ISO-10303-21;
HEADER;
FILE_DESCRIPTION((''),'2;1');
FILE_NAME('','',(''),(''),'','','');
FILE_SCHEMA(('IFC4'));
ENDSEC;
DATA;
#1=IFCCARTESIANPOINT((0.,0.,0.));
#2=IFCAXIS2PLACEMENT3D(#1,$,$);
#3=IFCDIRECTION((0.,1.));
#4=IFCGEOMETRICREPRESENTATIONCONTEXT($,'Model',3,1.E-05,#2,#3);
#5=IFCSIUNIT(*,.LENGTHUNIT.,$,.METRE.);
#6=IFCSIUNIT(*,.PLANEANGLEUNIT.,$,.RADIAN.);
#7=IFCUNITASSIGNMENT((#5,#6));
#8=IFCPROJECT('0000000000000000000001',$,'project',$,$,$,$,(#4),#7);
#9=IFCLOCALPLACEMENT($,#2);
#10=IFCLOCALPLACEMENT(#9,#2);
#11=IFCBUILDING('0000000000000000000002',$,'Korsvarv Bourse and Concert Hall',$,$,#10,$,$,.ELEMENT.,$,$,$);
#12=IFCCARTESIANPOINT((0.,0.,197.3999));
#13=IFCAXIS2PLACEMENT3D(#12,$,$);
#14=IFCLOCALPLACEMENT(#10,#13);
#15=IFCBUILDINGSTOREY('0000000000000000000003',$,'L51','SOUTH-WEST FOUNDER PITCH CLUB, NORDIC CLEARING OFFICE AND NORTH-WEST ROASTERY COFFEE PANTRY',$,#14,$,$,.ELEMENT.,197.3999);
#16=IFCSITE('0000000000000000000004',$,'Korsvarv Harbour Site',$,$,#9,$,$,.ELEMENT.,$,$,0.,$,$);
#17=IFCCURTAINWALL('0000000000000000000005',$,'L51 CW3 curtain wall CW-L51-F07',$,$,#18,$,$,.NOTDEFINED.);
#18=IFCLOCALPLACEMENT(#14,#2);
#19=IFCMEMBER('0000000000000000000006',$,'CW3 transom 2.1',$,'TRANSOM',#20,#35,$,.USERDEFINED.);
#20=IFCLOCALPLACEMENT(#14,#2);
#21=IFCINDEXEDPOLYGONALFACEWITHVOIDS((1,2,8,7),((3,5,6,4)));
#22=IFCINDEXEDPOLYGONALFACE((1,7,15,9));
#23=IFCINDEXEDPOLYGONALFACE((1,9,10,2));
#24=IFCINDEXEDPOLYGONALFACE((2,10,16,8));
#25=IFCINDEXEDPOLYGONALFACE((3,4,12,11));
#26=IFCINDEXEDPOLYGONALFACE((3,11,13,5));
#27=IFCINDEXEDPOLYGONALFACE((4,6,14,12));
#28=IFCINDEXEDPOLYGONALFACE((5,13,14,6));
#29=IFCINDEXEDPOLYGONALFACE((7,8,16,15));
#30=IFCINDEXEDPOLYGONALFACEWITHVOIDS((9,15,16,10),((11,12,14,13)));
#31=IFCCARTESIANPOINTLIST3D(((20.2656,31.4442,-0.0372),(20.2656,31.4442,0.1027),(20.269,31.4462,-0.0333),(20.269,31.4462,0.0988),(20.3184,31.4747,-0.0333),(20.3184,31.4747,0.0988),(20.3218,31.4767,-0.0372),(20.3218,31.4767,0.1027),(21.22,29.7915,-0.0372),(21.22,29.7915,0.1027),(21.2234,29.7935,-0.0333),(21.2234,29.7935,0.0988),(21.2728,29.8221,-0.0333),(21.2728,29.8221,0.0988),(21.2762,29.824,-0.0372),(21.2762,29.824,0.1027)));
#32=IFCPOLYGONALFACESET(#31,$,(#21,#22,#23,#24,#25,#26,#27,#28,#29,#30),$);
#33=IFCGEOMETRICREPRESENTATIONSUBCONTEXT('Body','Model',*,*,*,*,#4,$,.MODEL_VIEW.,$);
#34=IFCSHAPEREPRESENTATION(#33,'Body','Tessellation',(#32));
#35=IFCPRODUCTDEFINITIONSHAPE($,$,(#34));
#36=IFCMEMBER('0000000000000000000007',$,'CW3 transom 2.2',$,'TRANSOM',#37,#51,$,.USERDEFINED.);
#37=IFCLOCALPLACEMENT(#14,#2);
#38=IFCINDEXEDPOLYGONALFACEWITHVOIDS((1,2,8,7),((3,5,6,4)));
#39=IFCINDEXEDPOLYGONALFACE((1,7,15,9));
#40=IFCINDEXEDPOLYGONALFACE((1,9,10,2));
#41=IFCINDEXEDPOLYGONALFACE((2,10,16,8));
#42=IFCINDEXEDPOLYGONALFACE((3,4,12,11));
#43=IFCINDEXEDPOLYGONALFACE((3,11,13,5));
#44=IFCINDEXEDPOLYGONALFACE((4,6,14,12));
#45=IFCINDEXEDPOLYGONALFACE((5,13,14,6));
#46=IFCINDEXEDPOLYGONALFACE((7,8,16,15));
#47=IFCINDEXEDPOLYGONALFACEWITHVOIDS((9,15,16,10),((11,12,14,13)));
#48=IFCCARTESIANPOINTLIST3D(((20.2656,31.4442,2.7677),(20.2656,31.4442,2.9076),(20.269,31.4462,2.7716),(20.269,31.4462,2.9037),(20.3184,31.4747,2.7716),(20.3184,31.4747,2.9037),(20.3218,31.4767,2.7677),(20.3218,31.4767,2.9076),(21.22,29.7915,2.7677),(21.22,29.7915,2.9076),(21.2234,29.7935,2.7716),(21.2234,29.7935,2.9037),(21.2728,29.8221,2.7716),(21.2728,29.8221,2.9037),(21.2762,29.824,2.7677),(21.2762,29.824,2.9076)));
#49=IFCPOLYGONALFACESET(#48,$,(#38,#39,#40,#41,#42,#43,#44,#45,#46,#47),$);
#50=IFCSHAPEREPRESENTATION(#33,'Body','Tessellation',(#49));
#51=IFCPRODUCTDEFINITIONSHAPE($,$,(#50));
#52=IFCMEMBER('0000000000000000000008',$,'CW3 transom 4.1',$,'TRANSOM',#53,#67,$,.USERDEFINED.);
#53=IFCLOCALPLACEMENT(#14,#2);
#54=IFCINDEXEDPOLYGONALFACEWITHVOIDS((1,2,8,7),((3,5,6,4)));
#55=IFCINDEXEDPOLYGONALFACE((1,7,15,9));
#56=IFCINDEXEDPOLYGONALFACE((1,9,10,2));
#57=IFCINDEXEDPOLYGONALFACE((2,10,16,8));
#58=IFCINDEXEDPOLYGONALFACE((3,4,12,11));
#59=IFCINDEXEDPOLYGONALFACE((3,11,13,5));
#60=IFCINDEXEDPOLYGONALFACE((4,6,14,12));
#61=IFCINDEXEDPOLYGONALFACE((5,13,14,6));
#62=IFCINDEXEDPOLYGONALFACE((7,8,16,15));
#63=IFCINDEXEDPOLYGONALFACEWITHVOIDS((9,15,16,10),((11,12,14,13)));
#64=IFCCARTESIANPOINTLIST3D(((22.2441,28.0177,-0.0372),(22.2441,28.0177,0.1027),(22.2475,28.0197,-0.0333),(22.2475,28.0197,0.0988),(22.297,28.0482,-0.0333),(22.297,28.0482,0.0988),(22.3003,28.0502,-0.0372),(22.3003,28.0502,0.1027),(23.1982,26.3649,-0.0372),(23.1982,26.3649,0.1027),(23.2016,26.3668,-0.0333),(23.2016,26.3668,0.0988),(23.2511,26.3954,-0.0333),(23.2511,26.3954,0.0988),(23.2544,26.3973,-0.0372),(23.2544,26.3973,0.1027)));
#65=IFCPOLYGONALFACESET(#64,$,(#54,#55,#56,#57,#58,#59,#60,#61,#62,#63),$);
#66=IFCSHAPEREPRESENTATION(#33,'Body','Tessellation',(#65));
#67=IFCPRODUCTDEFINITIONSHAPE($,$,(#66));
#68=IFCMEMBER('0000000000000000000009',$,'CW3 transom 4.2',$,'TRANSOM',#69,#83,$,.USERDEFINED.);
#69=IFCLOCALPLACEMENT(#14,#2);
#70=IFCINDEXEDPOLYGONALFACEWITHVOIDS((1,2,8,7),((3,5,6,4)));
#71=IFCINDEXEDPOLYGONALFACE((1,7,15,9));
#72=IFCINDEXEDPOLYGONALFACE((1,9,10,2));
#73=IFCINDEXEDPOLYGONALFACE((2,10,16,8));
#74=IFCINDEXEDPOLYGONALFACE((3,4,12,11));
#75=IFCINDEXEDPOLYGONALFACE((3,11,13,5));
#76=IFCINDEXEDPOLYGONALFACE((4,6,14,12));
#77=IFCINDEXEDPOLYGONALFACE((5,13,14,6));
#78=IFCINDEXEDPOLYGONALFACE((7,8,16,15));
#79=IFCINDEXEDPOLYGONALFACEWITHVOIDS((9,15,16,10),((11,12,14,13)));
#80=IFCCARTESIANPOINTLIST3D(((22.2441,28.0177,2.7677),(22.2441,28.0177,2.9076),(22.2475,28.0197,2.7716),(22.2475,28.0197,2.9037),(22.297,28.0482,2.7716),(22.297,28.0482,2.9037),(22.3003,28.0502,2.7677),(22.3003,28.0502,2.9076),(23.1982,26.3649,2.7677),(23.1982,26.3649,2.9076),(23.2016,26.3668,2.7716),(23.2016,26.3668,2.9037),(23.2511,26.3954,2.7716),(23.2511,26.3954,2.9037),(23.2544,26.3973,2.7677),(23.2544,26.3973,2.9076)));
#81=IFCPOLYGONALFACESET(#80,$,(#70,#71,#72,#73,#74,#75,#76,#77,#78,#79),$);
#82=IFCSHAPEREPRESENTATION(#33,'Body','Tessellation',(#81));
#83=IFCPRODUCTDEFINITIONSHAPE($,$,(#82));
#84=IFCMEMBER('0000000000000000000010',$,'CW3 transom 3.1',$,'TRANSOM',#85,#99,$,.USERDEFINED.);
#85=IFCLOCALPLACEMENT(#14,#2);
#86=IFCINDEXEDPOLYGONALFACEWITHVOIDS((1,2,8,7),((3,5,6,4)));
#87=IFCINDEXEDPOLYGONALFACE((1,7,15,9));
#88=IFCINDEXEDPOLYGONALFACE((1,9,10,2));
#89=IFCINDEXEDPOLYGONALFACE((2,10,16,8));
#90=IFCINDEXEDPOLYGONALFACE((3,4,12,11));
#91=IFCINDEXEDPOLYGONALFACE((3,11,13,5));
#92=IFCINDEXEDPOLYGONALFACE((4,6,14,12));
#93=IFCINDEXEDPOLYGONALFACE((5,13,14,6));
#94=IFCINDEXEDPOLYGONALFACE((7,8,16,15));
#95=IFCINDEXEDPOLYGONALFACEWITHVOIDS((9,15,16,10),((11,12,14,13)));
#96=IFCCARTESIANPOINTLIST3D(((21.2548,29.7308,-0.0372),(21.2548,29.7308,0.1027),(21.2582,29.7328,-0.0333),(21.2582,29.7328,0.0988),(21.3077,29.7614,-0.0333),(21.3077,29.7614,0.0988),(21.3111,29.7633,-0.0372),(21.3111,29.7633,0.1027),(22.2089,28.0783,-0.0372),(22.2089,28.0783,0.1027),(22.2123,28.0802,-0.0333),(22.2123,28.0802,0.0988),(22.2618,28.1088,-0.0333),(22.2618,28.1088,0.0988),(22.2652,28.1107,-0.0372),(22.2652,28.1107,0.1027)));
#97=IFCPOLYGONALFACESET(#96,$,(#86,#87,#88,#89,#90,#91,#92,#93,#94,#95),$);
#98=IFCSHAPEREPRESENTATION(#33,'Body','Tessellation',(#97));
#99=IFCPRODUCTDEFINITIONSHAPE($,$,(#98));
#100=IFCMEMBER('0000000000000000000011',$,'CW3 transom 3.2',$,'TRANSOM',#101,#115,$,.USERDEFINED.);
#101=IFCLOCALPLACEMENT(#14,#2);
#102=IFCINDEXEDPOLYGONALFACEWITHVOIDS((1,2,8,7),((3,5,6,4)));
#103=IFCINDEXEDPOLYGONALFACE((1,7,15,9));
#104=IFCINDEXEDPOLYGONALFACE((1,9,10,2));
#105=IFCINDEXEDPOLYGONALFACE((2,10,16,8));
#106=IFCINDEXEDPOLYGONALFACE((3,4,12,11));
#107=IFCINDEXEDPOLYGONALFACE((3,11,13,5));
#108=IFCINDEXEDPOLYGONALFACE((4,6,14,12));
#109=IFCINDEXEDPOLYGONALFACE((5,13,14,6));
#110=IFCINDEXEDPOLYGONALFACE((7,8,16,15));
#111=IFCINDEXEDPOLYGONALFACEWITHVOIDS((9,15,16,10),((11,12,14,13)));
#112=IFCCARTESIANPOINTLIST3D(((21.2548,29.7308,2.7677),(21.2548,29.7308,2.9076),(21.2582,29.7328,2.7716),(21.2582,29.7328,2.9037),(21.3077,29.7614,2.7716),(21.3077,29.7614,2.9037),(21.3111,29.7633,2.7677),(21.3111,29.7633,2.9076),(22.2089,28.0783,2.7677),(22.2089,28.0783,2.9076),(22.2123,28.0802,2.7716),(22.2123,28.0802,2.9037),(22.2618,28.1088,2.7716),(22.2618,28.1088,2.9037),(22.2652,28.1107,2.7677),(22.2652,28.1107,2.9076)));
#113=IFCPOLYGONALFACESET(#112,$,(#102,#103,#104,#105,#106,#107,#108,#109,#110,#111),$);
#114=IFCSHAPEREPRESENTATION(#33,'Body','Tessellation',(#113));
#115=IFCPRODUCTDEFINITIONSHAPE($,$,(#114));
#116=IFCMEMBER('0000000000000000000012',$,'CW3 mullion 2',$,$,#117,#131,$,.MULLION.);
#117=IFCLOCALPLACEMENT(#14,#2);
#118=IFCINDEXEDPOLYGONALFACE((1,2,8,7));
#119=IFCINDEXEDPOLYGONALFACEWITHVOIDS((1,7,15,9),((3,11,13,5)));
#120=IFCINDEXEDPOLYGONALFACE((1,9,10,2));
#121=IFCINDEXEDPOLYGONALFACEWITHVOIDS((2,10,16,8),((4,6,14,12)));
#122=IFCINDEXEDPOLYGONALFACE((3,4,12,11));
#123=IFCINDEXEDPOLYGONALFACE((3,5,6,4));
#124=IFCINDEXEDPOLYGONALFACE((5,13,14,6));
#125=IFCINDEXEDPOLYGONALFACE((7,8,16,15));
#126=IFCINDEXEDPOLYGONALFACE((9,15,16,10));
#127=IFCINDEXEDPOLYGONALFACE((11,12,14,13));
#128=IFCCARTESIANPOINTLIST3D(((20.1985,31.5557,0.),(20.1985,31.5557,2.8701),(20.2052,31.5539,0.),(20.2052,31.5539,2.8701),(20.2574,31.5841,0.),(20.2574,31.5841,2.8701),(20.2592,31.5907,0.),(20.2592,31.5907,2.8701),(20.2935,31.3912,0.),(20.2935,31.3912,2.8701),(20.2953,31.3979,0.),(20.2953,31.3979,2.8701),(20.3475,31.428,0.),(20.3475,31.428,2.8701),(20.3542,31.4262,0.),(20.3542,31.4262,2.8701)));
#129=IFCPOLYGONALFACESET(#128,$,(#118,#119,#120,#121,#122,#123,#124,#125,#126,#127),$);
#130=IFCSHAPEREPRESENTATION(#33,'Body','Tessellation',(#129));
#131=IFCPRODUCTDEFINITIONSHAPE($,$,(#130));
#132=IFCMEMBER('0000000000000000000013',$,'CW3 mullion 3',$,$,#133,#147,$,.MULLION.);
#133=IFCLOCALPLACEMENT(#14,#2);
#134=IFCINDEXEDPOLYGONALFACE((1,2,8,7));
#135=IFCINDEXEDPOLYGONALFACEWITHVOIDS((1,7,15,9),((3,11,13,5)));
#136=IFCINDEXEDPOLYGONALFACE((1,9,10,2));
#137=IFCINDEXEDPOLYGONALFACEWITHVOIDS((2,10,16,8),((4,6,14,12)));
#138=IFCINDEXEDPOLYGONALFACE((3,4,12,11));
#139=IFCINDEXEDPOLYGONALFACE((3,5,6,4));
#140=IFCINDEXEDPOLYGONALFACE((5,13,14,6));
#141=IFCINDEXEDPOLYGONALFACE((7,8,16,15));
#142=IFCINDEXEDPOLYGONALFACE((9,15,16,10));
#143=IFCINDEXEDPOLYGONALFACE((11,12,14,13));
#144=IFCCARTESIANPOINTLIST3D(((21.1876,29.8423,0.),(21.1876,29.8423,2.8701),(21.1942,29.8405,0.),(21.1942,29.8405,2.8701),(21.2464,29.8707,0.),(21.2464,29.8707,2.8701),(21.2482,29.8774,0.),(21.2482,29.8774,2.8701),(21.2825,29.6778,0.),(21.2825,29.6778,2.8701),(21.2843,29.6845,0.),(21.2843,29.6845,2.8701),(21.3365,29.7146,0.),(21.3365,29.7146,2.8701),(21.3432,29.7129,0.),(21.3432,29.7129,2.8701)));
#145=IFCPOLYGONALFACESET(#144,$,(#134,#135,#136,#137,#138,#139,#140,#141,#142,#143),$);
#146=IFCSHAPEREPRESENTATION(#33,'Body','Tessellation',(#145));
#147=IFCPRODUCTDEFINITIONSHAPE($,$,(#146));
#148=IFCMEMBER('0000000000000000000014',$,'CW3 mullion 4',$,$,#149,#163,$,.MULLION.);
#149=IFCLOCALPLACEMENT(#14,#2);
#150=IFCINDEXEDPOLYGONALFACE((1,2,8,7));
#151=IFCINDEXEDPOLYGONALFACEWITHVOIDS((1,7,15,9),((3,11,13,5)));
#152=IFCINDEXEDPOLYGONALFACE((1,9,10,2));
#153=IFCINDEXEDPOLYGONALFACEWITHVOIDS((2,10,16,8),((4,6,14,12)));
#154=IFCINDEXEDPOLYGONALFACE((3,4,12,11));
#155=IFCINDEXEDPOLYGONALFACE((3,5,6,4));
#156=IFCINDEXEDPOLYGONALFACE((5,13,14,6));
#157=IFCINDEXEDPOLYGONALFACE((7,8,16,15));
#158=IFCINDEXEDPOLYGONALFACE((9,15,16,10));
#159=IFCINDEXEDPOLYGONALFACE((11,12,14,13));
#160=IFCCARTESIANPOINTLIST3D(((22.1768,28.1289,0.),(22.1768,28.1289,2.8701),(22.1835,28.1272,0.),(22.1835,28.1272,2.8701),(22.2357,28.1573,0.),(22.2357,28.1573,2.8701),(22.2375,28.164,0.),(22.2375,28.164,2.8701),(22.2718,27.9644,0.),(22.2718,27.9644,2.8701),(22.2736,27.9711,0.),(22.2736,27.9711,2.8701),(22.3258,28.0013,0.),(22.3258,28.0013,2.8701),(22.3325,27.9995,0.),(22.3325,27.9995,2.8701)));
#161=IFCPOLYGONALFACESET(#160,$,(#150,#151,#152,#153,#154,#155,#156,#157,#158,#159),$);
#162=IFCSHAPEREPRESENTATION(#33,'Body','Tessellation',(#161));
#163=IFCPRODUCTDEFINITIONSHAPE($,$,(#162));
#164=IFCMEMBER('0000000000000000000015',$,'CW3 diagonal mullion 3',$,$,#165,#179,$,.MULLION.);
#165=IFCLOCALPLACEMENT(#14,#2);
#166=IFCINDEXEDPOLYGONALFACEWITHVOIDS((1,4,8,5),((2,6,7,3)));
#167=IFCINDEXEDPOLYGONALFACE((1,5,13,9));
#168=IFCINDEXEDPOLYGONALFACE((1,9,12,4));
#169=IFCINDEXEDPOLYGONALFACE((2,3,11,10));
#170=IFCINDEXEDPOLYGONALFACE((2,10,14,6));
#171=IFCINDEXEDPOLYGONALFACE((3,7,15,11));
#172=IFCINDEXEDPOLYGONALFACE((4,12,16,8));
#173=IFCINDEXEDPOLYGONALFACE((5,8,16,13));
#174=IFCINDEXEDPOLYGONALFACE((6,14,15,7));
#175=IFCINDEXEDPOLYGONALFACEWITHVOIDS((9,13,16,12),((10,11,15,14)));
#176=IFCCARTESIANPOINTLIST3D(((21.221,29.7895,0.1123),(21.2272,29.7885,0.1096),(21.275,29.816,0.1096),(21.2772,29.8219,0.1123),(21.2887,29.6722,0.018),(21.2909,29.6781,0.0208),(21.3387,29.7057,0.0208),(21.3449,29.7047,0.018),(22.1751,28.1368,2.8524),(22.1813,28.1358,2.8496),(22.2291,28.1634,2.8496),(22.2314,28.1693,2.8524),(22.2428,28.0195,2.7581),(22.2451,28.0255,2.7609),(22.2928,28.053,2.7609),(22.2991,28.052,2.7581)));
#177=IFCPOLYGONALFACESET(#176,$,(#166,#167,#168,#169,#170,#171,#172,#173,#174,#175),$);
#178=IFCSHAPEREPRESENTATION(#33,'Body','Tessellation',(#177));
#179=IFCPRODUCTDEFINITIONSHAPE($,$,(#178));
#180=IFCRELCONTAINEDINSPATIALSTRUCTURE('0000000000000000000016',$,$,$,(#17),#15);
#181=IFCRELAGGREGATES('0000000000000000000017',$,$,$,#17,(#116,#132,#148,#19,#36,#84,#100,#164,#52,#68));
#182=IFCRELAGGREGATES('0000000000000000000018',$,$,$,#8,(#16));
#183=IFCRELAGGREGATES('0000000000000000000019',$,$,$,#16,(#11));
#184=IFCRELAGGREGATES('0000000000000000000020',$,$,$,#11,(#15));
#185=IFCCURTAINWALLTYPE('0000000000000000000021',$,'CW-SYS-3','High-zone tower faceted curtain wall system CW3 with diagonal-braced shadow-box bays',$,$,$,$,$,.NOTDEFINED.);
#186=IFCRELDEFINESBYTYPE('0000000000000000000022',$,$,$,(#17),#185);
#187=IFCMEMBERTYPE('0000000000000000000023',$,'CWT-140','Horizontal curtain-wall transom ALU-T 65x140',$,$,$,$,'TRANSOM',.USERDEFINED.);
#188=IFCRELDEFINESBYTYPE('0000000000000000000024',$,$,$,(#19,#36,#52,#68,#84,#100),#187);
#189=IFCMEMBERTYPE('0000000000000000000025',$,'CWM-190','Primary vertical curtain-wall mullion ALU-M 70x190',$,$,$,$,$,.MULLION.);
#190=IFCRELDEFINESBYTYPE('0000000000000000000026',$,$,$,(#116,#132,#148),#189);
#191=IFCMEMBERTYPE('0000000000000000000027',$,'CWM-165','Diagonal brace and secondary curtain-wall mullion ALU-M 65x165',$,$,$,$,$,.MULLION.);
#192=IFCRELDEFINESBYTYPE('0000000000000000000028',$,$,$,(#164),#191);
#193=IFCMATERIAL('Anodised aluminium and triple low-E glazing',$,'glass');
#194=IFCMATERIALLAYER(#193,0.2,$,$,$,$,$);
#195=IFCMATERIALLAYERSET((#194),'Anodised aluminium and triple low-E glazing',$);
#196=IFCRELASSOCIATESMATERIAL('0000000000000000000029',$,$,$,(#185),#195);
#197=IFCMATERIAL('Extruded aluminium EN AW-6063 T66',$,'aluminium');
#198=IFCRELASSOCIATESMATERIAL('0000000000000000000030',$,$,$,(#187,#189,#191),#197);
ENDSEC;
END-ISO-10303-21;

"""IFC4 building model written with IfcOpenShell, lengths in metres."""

from ifc_helpers import new_model, si_unit, direction, frame, origin, origin_2d, place, context, subcontext, project, spatial, hollow_rectangle, extrude, source, transform, mapped, material, layer, layer_set, material_profile, profile_set, type_object, element, aggregate, save


model = new_model("IFC4")

# Units and contexts
model_context = context("Model", 3, precision=1e-05, world=origin(), true_north=direction((0.0, 1.0)))
body_context = subcontext(model_context, "Body", "Model", "MODEL_VIEW")
ifc_project = project(units=[si_unit("LENGTHUNIT", "METRE"), si_unit("PLANEANGLEUNIT", "RADIAN")], contexts=[model_context])

# Site, building, storey
site_placement = place(None, origin())
site = spatial("IfcSite", under=ifc_project, at=site_placement, Name="Korsvarv Harbour Site", CompositionType="ELEMENT", RefElevation=0.0)
building_placement = place(site_placement, origin())
building = spatial("IfcBuilding", under=site, at=building_placement, Name="Korsvarv Bourse and Concert Hall", CompositionType="ELEMENT")
storey_placement = place(building_placement, frame((0.0, 0.0, 197.3999)))
storey = spatial("IfcBuildingStorey", under=building, at=storey_placement, Name="L51", Description="SOUTH-WEST FOUNDER PITCH CLUB, NORDIC CLEARING OFFICE AND NORTH-WEST ROASTERY COFFEE PANTRY", CompositionType="ELEMENT", Elevation=197.3999)

# Curtain wall, members
ifc_material_1 = material(Name="Anodised aluminium and triple low-E glazing", Category="glass")
ifc_layer_1 = layer(ifc_material_1, 0.2)
ifc_layer_set_1 = layer_set([ifc_layer_1], Name="Anodised aluminium and triple low-E glazing")
curtain_wall_type = type_object("IfcCurtainWallType", Name="CW-SYS-3", Description="High-zone tower faceted curtain wall system CW3 with diagonal-braced shadow-box bays", PredefinedType="NOTDEFINED", material=ifc_layer_set_1)
curtain_wall_placement = place(storey_placement, origin())
curtain_wall = element("IfcCurtainWall", 1, at=curtain_wall_placement, inside=storey, type_object=curtain_wall_type, Name="L51 CW3 curtain wall CW-L51-F07", PredefinedType="NOTDEFINED")
ifc_material_2 = material(Name="Extruded aluminium EN AW-6063 T66", Category="aluminium")
ifc_material_profile_1 = material_profile(ifc_material_2, hollow_rectangle(XDim=0.0649, YDim=0.1399, WallThickness=0.0039, at=origin_2d()), Name="ALU-T 65x140")
ifc_profile_set_1 = profile_set([ifc_material_profile_1], Name="Extruded aluminium EN AW-6063 T66")
member_type_1 = type_object("IfcMemberType", Name="CWT-140", Description="Horizontal curtain-wall transom ALU-T 65x140", ElementType="TRANSOM", PredefinedType="USERDEFINED", material=ifc_profile_set_1)
shared_shape_1 = source(origin(), body_context, "Body", "SweptSolid", [
    extrude(hollow_rectangle(XDim=0.0649, YDim=0.1399, WallThickness=0.0039, at=origin_2d()), origin(), (0.0, 0.0, 1.0), 1.9084),
])
member_1_placement = place(storey_placement, frame((20.2937, 31.4604, 0.0327), z_axis=(0.500088, -0.865975, 0.0), x_axis=(0.865975, 0.500088, 0.0)))
member_1 = element("IfcMember", 2, at=member_1_placement, type_object=member_type_1, Name="CW3 transom 2.1", ObjectType="TRANSOM", PredefinedType="USERDEFINED", context=body_context, shape_type="MappedRepresentation", body=[
    mapped(shared_shape_1, transform((0.0, 0.0, 0.0), scale=1.0)),
])
member_2_placement = place(storey_placement, frame((20.2937, 31.4604, 2.8376), z_axis=(0.500088, -0.865975, 0.0), x_axis=(0.865975, 0.500088, 0.0)))
member_2 = element("IfcMember", 3, at=member_2_placement, type_object=member_type_1, Name="CW3 transom 2.2", ObjectType="TRANSOM", PredefinedType="USERDEFINED", context=body_context, shape_type="MappedRepresentation", body=[
    mapped(shared_shape_1, transform((0.0, 0.0, 0.0), scale=1.0)),
])
member_3_placement = place(storey_placement, frame((22.2722, 28.0339, 0.0327), z_axis=(0.499937, -0.866062, 0.0), x_axis=(0.866062, 0.499937, 0.0)))
member_3 = element("IfcMember", 4, at=member_3_placement, type_object=member_type_1, Name="CW3 transom 4.1", ObjectType="TRANSOM", PredefinedType="USERDEFINED", context=body_context, shape_type="MappedRepresentation", body=[
    mapped(shared_shape_1, transform((0.0, 0.0, 0.0), scale=1.0)),
])
member_4_placement = place(storey_placement, frame((22.2722, 28.0339, 2.8376), z_axis=(0.499937, -0.866062, 0.0), x_axis=(0.866062, 0.499937, 0.0)))
member_4 = element("IfcMember", 5, at=member_4_placement, type_object=member_type_1, Name="CW3 transom 4.2", ObjectType="TRANSOM", PredefinedType="USERDEFINED", context=body_context, shape_type="MappedRepresentation", body=[
    mapped(shared_shape_1, transform((0.0, 0.0, 0.0), scale=1.0)),
])
shared_shape_2 = source(origin(), body_context, "Body", "SweptSolid", [
    extrude(hollow_rectangle(XDim=0.0649, YDim=0.1399, WallThickness=0.0039, at=origin_2d()), origin(), (0.0, 0.0, 1.0), 1.9082),
])
member_5_placement = place(storey_placement, frame((21.283, 29.7471, 0.0327), z_axis=(0.499992, -0.86603, 0.0), x_axis=(0.86603, 0.499992, 0.0)))
member_5 = element("IfcMember", 6, at=member_5_placement, type_object=member_type_1, Name="CW3 transom 3.1", ObjectType="TRANSOM", PredefinedType="USERDEFINED", context=body_context, shape_type="MappedRepresentation", body=[
    mapped(shared_shape_2, transform((0.0, 0.0, 0.0), scale=1.0)),
])
member_6_placement = place(storey_placement, frame((21.283, 29.7471, 2.8376), z_axis=(0.499992, -0.86603, 0.0), x_axis=(0.86603, 0.499992, 0.0)))
member_6 = element("IfcMember", 7, at=member_6_placement, type_object=member_type_1, Name="CW3 transom 3.2", ObjectType="TRANSOM", PredefinedType="USERDEFINED", context=body_context, shape_type="MappedRepresentation", body=[
    mapped(shared_shape_2, transform((0.0, 0.0, 0.0), scale=1.0)),
])
ifc_material_profile_2 = material_profile(ifc_material_2, hollow_rectangle(XDim=0.0701, YDim=0.1899, WallThickness=0.0049, at=origin_2d()), Name="ALU-M 70x190")
ifc_profile_set_2 = profile_set([ifc_material_profile_2], Name="Extruded aluminium EN AW-6063 T66")
member_type_2 = type_object("IfcMemberType", Name="CWM-190", Description="Primary vertical curtain-wall mullion ALU-M 70x190", PredefinedType="MULLION", material=ifc_profile_set_2)
shared_shape_3 = source(origin(), body_context, "Body", "SweptSolid", [
    extrude(hollow_rectangle(XDim=0.0701, YDim=0.1899, WallThickness=0.0049, at=origin_2d()), origin(), (0.0, 0.0, 1.0), 2.8701),
])
member_7_placement = place(storey_placement, frame((20.2764, 31.491, 0.0), z_axis=(0.0, 0.0, 1.0), x_axis=(0.86603, 0.499993, 0.0)))
member_7 = element("IfcMember", 8, at=member_7_placement, type_object=member_type_2, Name="CW3 mullion 2", PredefinedType="MULLION", context=body_context, shape_type="MappedRepresentation", body=[
    mapped(shared_shape_3, transform((0.0, 0.0, 0.0), scale=1.0)),
])
member_8_placement = place(storey_placement, frame((21.2654, 29.7776, 0.0), z_axis=(0.0, 0.0, 1.0), x_axis=(0.86603, 0.499993, 0.0)))
member_8 = element("IfcMember", 9, at=member_8_placement, type_object=member_type_2, Name="CW3 mullion 3", PredefinedType="MULLION", context=body_context, shape_type="MappedRepresentation", body=[
    mapped(shared_shape_3, transform((0.0, 0.0, 0.0), scale=1.0)),
])
member_9_placement = place(storey_placement, frame((22.2546, 28.0642, 0.0), z_axis=(0.0, 0.0, 1.0), x_axis=(0.86603, 0.499993, 0.0)))
member_9 = element("IfcMember", 10, at=member_9_placement, type_object=member_type_2, Name="CW3 mullion 4", PredefinedType="MULLION", context=body_context, shape_type="MappedRepresentation", body=[
    mapped(shared_shape_3, transform((0.0, 0.0, 0.0), scale=1.0)),
])
ifc_material_profile_3 = material_profile(ifc_material_2, hollow_rectangle(XDim=0.0649, YDim=0.165, WallThickness=0.0049, at=origin_2d()), Name="ALU-M 65x165")
ifc_profile_set_3 = profile_set([ifc_material_profile_3], Name="Extruded aluminium EN AW-6063 T66")
member_type_3 = type_object("IfcMemberType", Name="CWM-165", Description="Diagonal brace and secondary curtain-wall mullion ALU-M 65x165", PredefinedType="MULLION", material=ifc_profile_set_3)
shared_shape_4 = source(origin(), body_context, "Body", "SweptSolid", [
    extrude(hollow_rectangle(XDim=0.0649, YDim=0.165, WallThickness=0.0049, at=origin_2d()), origin(), (0.0, 0.0, 1.0), 3.3391),
])
member_10_placement = place(storey_placement, frame((21.283, 29.7471, 0.0652), z_axis=(0.285745, -0.494935, 0.820603), x_axis=(0.86603, 0.499992, 0.0)))
member_10 = element("IfcMember", 11, at=member_10_placement, type_object=member_type_3, Name="CW3 diagonal mullion 3", PredefinedType="MULLION", context=body_context, shape_type="MappedRepresentation", body=[
    mapped(shared_shape_4, transform((0.0, 0.0, 0.0), scale=1.0)),
])

aggregate(curtain_wall, [member_7, member_8, member_9, member_1, member_2, member_5, member_6, member_10, member_3, member_4])

save(model, "model.ifc")
